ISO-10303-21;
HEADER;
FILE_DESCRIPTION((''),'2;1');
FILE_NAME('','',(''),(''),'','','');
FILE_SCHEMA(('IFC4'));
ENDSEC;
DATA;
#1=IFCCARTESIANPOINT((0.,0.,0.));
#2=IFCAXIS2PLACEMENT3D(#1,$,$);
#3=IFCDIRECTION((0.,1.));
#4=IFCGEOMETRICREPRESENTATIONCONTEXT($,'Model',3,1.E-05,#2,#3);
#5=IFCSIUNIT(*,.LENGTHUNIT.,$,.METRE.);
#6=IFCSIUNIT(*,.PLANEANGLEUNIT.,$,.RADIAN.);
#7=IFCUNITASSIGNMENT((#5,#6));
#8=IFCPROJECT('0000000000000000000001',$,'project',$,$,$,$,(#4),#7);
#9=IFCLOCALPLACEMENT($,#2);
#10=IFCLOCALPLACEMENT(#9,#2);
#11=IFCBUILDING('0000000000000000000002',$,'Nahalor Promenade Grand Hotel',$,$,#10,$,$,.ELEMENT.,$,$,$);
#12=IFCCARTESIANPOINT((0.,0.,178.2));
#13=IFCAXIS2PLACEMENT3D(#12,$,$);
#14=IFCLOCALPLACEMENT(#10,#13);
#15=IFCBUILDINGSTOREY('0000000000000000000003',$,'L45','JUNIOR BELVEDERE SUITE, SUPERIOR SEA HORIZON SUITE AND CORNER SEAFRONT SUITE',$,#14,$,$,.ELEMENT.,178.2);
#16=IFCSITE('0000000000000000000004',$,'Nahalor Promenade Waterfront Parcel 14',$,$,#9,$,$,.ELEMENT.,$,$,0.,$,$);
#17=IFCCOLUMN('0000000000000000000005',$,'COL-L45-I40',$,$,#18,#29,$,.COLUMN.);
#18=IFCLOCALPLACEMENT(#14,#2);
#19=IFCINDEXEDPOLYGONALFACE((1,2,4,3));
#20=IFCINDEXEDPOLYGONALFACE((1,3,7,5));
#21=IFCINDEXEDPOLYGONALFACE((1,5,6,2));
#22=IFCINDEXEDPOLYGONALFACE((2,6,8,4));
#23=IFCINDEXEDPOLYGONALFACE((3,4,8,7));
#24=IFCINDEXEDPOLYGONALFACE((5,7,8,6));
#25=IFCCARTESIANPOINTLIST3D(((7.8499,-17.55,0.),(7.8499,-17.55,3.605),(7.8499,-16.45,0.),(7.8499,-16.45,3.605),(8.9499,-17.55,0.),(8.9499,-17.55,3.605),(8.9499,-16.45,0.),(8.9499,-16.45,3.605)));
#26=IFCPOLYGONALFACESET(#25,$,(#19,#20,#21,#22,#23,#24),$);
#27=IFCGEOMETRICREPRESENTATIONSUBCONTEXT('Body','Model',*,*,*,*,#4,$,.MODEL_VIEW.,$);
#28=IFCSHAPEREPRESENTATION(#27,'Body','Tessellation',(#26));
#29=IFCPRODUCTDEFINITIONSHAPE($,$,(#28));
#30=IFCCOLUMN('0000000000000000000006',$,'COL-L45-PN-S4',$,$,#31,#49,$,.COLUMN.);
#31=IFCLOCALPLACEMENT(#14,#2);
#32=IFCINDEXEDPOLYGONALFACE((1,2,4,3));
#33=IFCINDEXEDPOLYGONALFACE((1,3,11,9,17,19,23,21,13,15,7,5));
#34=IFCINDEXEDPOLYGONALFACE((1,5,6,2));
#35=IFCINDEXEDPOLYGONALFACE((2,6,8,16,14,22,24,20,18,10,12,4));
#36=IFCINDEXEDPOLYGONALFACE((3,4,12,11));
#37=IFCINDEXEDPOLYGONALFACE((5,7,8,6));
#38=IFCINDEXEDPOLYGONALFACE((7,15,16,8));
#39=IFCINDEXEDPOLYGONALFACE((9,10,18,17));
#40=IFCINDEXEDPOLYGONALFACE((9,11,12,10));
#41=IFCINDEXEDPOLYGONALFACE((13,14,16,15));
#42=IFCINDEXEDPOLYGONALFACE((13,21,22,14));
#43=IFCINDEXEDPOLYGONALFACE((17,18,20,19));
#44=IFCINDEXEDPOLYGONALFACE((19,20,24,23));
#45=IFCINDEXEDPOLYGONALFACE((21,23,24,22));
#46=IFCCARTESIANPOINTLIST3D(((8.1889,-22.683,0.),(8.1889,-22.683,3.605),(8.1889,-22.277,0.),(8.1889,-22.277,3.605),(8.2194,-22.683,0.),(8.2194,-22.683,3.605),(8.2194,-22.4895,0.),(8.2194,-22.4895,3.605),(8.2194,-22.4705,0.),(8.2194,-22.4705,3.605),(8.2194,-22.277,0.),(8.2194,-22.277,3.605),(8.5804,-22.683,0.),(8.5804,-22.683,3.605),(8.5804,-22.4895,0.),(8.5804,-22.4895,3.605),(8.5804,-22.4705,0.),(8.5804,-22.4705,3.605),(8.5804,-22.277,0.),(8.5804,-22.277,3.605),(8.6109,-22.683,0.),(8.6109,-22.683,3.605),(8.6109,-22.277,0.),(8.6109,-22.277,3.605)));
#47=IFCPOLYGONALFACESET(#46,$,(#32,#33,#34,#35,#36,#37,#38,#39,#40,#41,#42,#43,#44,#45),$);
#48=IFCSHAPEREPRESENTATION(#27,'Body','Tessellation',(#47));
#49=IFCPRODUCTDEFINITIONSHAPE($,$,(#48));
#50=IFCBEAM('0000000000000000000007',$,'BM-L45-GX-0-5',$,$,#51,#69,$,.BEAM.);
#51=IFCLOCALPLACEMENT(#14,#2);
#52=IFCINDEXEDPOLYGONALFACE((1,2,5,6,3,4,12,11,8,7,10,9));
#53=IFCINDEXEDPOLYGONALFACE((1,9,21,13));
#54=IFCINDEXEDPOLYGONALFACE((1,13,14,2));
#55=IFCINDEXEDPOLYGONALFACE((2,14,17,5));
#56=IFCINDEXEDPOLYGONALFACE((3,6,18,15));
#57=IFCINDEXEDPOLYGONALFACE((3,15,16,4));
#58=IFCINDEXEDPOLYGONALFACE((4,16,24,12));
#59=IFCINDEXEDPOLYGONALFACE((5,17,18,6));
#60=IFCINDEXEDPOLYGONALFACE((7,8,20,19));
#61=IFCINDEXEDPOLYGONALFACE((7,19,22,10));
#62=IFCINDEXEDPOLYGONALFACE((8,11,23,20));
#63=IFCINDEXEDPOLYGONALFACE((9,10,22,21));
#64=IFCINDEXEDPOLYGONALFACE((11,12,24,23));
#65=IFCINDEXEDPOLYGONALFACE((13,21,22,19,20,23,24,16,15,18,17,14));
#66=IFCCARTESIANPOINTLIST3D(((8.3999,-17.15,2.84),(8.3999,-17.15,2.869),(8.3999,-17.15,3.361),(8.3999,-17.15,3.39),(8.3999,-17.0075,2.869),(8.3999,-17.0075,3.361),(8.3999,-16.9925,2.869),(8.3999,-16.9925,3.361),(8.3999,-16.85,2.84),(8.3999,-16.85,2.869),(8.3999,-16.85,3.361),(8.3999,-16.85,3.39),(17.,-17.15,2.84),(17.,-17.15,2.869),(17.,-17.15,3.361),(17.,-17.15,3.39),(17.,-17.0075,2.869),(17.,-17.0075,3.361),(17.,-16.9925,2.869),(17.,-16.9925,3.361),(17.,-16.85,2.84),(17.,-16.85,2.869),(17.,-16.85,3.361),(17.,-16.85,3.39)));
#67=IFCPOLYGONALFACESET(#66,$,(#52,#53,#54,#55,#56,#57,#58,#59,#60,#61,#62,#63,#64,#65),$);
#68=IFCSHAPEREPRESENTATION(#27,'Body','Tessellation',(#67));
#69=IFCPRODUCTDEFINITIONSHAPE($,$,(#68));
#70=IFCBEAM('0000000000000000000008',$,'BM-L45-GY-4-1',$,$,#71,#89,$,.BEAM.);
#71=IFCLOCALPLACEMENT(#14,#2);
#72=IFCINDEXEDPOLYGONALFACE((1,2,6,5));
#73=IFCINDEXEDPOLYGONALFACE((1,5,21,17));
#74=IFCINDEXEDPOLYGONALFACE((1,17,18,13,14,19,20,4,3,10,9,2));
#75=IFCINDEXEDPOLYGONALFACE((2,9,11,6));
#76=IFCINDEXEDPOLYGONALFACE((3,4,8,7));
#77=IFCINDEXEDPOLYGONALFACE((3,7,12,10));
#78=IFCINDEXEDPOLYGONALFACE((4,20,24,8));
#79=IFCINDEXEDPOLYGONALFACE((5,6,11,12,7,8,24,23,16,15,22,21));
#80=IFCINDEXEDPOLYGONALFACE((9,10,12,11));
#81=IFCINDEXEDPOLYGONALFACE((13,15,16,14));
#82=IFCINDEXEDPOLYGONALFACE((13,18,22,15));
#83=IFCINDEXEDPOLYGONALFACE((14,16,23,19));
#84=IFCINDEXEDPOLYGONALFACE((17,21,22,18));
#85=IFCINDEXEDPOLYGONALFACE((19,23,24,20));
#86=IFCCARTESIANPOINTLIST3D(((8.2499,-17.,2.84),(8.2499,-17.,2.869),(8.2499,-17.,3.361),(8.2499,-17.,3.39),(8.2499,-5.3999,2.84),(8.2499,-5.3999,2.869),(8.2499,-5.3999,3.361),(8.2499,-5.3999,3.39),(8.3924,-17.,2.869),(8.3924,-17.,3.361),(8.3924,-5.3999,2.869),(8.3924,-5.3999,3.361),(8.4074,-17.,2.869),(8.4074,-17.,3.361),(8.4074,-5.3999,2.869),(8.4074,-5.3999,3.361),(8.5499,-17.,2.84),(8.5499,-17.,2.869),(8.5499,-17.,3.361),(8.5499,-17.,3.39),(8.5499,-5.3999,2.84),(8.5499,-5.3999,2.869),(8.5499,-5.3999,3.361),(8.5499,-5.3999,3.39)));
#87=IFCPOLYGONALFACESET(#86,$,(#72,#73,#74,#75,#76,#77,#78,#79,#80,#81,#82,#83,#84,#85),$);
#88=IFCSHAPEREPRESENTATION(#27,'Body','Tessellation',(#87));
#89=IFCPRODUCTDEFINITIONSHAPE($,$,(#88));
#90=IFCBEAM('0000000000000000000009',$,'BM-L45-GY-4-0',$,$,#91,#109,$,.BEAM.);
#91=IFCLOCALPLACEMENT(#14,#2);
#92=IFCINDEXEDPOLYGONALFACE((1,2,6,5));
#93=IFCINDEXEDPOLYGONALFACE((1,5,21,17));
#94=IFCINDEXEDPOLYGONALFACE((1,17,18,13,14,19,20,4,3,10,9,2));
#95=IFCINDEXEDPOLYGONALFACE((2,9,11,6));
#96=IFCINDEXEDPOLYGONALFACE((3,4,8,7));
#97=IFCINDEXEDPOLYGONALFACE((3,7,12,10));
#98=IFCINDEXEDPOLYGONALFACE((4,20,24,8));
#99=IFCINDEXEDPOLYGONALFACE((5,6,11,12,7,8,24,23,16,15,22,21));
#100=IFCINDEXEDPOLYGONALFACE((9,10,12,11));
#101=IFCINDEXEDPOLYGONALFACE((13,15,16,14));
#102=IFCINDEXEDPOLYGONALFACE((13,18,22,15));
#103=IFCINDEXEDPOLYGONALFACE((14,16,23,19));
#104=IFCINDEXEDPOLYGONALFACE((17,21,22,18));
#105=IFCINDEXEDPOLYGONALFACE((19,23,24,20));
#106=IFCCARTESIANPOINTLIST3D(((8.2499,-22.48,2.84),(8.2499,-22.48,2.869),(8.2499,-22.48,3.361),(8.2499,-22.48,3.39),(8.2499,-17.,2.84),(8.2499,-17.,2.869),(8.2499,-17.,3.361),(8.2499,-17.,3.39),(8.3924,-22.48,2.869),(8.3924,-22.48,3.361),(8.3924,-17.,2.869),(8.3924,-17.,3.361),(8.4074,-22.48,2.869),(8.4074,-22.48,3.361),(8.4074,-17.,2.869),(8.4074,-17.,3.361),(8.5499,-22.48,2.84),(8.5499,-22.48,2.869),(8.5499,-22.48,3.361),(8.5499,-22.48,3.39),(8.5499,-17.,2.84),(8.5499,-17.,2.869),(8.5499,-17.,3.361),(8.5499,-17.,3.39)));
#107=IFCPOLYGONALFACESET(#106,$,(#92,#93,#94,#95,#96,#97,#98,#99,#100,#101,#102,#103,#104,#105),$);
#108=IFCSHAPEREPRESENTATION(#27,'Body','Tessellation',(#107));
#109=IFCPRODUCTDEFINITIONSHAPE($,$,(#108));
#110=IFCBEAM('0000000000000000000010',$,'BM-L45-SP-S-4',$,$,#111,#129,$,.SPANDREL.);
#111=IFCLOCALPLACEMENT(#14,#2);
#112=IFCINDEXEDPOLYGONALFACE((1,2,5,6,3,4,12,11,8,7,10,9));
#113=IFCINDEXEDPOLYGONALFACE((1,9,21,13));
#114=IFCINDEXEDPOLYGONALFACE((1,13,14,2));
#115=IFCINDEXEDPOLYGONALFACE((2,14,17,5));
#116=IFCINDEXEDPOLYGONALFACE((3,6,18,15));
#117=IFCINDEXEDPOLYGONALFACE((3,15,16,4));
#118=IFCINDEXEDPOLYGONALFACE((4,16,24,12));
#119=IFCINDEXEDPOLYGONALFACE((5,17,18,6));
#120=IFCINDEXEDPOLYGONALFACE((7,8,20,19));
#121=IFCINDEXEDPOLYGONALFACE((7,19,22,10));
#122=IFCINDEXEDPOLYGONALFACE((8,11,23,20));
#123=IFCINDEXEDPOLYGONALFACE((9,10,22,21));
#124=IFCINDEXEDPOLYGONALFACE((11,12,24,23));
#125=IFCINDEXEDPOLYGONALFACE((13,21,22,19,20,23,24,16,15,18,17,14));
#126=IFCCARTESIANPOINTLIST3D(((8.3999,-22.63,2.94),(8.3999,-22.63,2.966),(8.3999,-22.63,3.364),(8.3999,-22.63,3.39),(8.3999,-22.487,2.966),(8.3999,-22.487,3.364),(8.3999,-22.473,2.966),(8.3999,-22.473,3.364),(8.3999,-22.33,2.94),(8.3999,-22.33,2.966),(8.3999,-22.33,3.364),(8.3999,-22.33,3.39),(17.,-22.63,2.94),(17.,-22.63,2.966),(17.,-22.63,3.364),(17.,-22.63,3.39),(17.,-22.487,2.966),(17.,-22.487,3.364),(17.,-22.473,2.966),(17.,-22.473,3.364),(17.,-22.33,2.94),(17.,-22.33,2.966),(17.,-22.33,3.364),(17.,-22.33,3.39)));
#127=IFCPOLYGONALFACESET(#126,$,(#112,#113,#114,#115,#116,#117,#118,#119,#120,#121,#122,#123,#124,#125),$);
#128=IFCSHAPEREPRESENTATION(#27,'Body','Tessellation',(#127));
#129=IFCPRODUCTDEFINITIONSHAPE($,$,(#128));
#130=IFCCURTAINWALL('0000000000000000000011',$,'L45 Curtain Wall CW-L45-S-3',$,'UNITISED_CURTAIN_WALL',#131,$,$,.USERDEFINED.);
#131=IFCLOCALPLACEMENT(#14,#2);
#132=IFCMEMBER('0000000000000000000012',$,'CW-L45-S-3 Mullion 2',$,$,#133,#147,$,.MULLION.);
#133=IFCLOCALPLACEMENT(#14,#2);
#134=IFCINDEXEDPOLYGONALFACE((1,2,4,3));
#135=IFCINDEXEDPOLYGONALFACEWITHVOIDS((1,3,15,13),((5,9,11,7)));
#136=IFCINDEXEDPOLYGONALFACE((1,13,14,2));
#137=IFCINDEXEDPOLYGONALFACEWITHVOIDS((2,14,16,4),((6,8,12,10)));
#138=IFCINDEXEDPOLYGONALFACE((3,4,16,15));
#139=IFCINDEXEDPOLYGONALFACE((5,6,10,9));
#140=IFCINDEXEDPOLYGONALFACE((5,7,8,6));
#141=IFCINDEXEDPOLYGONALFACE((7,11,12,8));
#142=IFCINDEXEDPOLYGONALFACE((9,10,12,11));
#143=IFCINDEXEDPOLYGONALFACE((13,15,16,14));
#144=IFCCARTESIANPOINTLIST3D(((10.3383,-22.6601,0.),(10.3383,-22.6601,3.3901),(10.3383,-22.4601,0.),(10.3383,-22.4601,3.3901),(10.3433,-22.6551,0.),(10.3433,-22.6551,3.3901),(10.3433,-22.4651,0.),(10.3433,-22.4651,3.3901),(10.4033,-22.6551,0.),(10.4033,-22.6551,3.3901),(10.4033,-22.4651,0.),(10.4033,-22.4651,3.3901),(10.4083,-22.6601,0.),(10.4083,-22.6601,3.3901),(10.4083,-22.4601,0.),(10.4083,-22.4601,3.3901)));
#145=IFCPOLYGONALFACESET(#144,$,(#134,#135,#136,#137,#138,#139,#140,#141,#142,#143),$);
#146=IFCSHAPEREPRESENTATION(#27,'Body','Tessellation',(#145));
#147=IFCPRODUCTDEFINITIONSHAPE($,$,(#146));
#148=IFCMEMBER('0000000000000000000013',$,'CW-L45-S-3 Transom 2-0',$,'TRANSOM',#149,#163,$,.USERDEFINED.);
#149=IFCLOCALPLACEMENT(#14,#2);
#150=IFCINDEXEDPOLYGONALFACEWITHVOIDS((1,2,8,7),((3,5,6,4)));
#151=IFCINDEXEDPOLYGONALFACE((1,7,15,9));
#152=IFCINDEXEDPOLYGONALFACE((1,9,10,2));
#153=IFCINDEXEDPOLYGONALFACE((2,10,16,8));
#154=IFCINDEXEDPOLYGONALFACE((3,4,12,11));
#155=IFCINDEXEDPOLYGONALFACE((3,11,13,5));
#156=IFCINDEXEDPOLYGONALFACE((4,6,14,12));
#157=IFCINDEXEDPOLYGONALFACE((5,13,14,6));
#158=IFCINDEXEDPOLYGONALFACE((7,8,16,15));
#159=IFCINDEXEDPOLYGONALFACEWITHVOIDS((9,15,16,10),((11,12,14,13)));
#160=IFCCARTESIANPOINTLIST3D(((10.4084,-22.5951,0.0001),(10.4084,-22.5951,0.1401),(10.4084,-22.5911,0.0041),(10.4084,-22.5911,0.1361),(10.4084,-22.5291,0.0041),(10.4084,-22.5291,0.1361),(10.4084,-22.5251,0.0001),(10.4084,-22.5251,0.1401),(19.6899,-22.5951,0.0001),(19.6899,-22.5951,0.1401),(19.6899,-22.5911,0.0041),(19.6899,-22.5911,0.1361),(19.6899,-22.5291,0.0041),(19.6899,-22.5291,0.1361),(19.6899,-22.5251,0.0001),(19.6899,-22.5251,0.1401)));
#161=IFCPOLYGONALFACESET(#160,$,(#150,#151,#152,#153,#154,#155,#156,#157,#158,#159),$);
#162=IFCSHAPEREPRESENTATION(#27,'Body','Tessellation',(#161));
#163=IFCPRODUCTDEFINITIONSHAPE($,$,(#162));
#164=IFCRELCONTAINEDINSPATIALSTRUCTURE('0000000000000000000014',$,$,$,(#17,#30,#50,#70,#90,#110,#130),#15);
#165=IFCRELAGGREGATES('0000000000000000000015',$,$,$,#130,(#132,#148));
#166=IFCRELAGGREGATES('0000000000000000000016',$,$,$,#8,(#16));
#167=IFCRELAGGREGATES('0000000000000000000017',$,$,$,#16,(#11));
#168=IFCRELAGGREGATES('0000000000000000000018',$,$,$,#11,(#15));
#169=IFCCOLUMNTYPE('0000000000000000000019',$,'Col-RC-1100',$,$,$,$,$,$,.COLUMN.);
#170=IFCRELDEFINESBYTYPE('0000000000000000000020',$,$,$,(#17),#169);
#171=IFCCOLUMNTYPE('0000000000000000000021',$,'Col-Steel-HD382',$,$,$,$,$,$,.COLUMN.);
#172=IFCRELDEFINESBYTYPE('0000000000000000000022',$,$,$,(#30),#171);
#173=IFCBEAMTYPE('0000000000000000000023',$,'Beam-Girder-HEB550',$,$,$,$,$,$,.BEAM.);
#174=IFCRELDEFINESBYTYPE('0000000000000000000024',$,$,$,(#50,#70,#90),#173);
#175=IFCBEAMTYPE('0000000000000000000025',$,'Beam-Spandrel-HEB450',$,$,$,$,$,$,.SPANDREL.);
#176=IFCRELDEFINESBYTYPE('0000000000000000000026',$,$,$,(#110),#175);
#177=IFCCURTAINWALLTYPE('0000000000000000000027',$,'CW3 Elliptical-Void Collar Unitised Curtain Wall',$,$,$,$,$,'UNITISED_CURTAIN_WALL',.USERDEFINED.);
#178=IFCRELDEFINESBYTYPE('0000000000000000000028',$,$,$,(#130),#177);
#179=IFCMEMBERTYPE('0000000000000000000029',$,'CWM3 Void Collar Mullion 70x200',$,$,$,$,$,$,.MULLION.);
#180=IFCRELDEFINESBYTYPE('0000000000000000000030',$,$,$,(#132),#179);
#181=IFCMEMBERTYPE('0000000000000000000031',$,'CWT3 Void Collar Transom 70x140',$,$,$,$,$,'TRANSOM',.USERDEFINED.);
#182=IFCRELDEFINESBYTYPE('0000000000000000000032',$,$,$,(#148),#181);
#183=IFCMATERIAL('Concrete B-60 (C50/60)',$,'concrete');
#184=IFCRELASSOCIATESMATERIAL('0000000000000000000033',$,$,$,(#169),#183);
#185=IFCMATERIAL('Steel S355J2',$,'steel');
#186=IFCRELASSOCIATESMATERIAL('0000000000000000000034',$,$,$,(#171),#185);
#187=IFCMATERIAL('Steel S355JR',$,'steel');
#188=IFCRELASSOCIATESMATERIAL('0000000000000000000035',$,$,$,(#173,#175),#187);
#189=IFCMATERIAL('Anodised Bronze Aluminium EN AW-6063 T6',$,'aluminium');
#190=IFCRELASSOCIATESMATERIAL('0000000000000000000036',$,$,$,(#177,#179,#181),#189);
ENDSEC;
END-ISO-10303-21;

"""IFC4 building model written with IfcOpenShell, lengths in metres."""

from ifc_helpers import new_model, si_unit, direction, frame, origin, origin_2d, place, context, subcontext, project, spatial, rectangle, hollow_rectangle, i_section, extrude, source, transform, mapped, material, material_profile, profile_set, type_object, element, aggregate, save


model = new_model("IFC4")

# Units and contexts
model_context = context("Model", 3, precision=1e-05, world=origin(), true_north=direction((0.0, 1.0)))
body_context = subcontext(model_context, "Body", "Model", "MODEL_VIEW")
ifc_project = project(units=[si_unit("LENGTHUNIT", "METRE"), si_unit("PLANEANGLEUNIT", "RADIAN")], contexts=[model_context])

# Site, building, storey
site_placement = place(None, origin())
site = spatial("IfcSite", under=ifc_project, at=site_placement, Name="Nahalor Promenade Waterfront Parcel 14", CompositionType="ELEMENT", RefElevation=0.0)
building_placement = place(site_placement, origin())
building = spatial("IfcBuilding", under=site, at=building_placement, Name="Nahalor Promenade Grand Hotel", CompositionType="ELEMENT")
storey_placement = place(building_placement, frame((0.0, 0.0, 178.2)))
storey = spatial("IfcBuildingStorey", under=building, at=storey_placement, Name="L45", Description="JUNIOR BELVEDERE SUITE, SUPERIOR SEA HORIZON SUITE AND CORNER SEAFRONT SUITE", CompositionType="ELEMENT", Elevation=178.2)

# Columns
ifc_material_1 = material(Name="Concrete B-60 (C50/60)", Category="concrete")
ifc_material_profile_1 = material_profile(ifc_material_1, rectangle(XDim=1.1, YDim=1.1, at=origin_2d()), Name="RC 1100x1100")
ifc_profile_set_1 = profile_set([ifc_material_profile_1], Name="Concrete B-60 (C50/60)")
column_type_1 = type_object("IfcColumnType", Name="Col-RC-1100", PredefinedType="COLUMN", material=ifc_profile_set_1)
shared_shape_1 = source(origin(), body_context, "Body", "SweptSolid", [
    extrude(rectangle(XDim=1.1, YDim=1.1, at=origin_2d()), origin(), (0.0, 0.0, 1.0), 3.605),
])
column_1_placement = place(storey_placement, frame((8.3999, -17.0, 0.0), z_axis=(0.0, 0.0, 1.0), x_axis=(1.0, 0.0, 0.0)))
element("IfcColumn", 1, at=column_1_placement, inside=storey, type_object=column_type_1, Name="COL-L45-I40", PredefinedType="COLUMN", context=body_context, shape_type="MappedRepresentation", body=[
    mapped(shared_shape_1, transform((0.0, 0.0, 0.0), scale=1.0)),
])
ifc_material_2 = material(Name="Steel S355J2", Category="steel")
ifc_material_profile_2 = material_profile(ifc_material_2, i_section(OverallWidth=0.406, OverallDepth=0.422, WebThickness=0.019, FlangeThickness=0.0305, at=origin_2d()), Name="HD 400x382")
ifc_profile_set_2 = profile_set([ifc_material_profile_2], Name="Steel S355J2")
column_type_2 = type_object("IfcColumnType", Name="Col-Steel-HD382", PredefinedType="COLUMN", material=ifc_profile_set_2)
shared_shape_2 = source(origin(), body_context, "Body", "SweptSolid", [
    extrude(i_section(OverallWidth=0.406, OverallDepth=0.422, WebThickness=0.019, FlangeThickness=0.0305, at=origin_2d()), origin(), (0.0, 0.0, 1.0), 3.605),
])
column_2_placement = place(storey_placement, frame((8.3999, -22.48, 0.0), z_axis=(0.0, 0.0, 1.0), x_axis=(0.0, 1.0, 0.0)))
element("IfcColumn", 2, at=column_2_placement, inside=storey, type_object=column_type_2, Name="COL-L45-PN-S4", PredefinedType="COLUMN", context=body_context, shape_type="MappedRepresentation", body=[
    mapped(shared_shape_2, transform((0.0, 0.0, 0.0), scale=1.0)),
])

# Beams
ifc_material_3 = material(Name="Steel S355JR", Category="steel")
ifc_material_profile_3 = material_profile(ifc_material_3, i_section(OverallWidth=0.3, OverallDepth=0.55, WebThickness=0.015, FlangeThickness=0.029, at=origin_2d()), Name="HEB 550")
ifc_profile_set_3 = profile_set([ifc_material_profile_3], Name="Steel S355JR")
beam_type_1 = type_object("IfcBeamType", Name="Beam-Girder-HEB550", PredefinedType="BEAM", material=ifc_profile_set_3)
shared_shape_3 = source(origin(), body_context, "Body", "SweptSolid", [
    extrude(i_section(OverallWidth=0.3, OverallDepth=0.55, WebThickness=0.015, FlangeThickness=0.029, at=origin_2d()), origin(), (0.0, 0.0, 1.0), 8.6001),
])
beam_1_placement = place(storey_placement, frame((8.3999, -17.0, 3.115), z_axis=(1.0, 0.0, 0.0), x_axis=(0.0, 1.0, 0.0)))
element("IfcBeam", 3, at=beam_1_placement, inside=storey, type_object=beam_type_1, Name="BM-L45-GX-0-5", PredefinedType="BEAM", context=body_context, shape_type="MappedRepresentation", body=[
    mapped(shared_shape_3, transform((0.0, 0.0, 0.0), scale=1.0)),
])
shared_shape_4 = source(origin(), body_context, "Body", "SweptSolid", [
    extrude(i_section(OverallWidth=0.3, OverallDepth=0.55, WebThickness=0.015, FlangeThickness=0.029, at=origin_2d()), origin(), (0.0, 0.0, 1.0), 11.6001),
])
beam_2_placement = place(storey_placement, frame((8.3999, -17.0, 3.115), z_axis=(0.0, 1.0, 0.0), x_axis=(-1.0, 0.0, 0.0)))
element("IfcBeam", 4, at=beam_2_placement, inside=storey, type_object=beam_type_1, Name="BM-L45-GY-4-1", PredefinedType="BEAM", context=body_context, shape_type="MappedRepresentation", body=[
    mapped(shared_shape_4, transform((0.0, 0.0, 0.0), scale=1.0)),
])
shared_shape_5 = source(origin(), body_context, "Body", "SweptSolid", [
    extrude(i_section(OverallWidth=0.3, OverallDepth=0.55, WebThickness=0.015, FlangeThickness=0.029, at=origin_2d()), origin(), (0.0, 0.0, 1.0), 5.48),
])
beam_3_placement = place(storey_placement, frame((8.3999, -22.48, 3.115), z_axis=(0.0, 1.0, 0.0), x_axis=(-1.0, 0.0, 0.0)))
element("IfcBeam", 5, at=beam_3_placement, inside=storey, type_object=beam_type_1, Name="BM-L45-GY-4-0", PredefinedType="BEAM", context=body_context, shape_type="MappedRepresentation", body=[
    mapped(shared_shape_5, transform((0.0, 0.0, 0.0), scale=1.0)),
])
ifc_material_profile_4 = material_profile(ifc_material_3, i_section(OverallWidth=0.3, OverallDepth=0.45, WebThickness=0.014, FlangeThickness=0.026, at=origin_2d()), Name="HEB 450")
ifc_profile_set_4 = profile_set([ifc_material_profile_4], Name="Steel S355JR")
beam_type_2 = type_object("IfcBeamType", Name="Beam-Spandrel-HEB450", PredefinedType="SPANDREL", material=ifc_profile_set_4)
shared_shape_6 = source(origin(), body_context, "Body", "SweptSolid", [
    extrude(i_section(OverallWidth=0.3, OverallDepth=0.45, WebThickness=0.014, FlangeThickness=0.026, at=origin_2d()), origin(), (0.0, 0.0, 1.0), 8.6001),
])
beam_4_placement = place(storey_placement, frame((8.3999, -22.48, 3.165), z_axis=(1.0, 0.0, 0.0), x_axis=(0.0, 1.0, 0.0)))
element("IfcBeam", 6, at=beam_4_placement, inside=storey, type_object=beam_type_2, Name="BM-L45-SP-S-4", PredefinedType="SPANDREL", context=body_context, shape_type="MappedRepresentation", body=[
    mapped(shared_shape_6, transform((0.0, 0.0, 0.0), scale=1.0)),
])

# Curtain wall, members
ifc_material_4 = material(Name="Anodised Bronze Aluminium EN AW-6063 T6", Category="aluminium")
curtain_wall_type = type_object("IfcCurtainWallType", Name="CW3 Elliptical-Void Collar Unitised Curtain Wall", ElementType="UNITISED_CURTAIN_WALL", PredefinedType="USERDEFINED", material=ifc_material_4)
curtain_wall_placement = place(storey_placement, origin())
curtain_wall = element("IfcCurtainWall", 7, at=curtain_wall_placement, inside=storey, type_object=curtain_wall_type, Name="L45 Curtain Wall CW-L45-S-3", ObjectType="UNITISED_CURTAIN_WALL", PredefinedType="USERDEFINED")
ifc_material_profile_5 = material_profile(ifc_material_4, hollow_rectangle(XDim=0.07, YDim=0.2, WallThickness=0.005, at=origin_2d()), Name="CWM 70x200x5")
ifc_profile_set_5 = profile_set([ifc_material_profile_5], Name="Anodised Bronze Aluminium EN AW-6063 T6")
member_type_1 = type_object("IfcMemberType", Name="CWM3 Void Collar Mullion 70x200", PredefinedType="MULLION", material=ifc_profile_set_5)
shared_shape_7 = source(origin(), body_context, "Body", "SweptSolid", [
    extrude(hollow_rectangle(XDim=0.07, YDim=0.2, WallThickness=0.005, at=origin_2d()), origin(), (0.0, 0.0, 1.0), 3.3901),
])
member_1_placement = place(storey_placement, frame((10.3733, -22.5601, 0.0), z_axis=(0.0, 0.0, 1.0), x_axis=(1.0, 0.0, 0.0)))
member_1 = element("IfcMember", 8, at=member_1_placement, type_object=member_type_1, Name="CW-L45-S-3 Mullion 2", PredefinedType="MULLION", context=body_context, shape_type="MappedRepresentation", body=[
    mapped(shared_shape_7, transform((0.0, 0.0, 0.0), scale=1.0)),
])
ifc_material_profile_6 = material_profile(ifc_material_4, hollow_rectangle(XDim=0.07, YDim=0.14, WallThickness=0.004, at=origin_2d()), Name="CWT 70x140x4")
ifc_profile_set_6 = profile_set([ifc_material_profile_6], Name="Anodised Bronze Aluminium EN AW-6063 T6")
member_type_2 = type_object("IfcMemberType", Name="CWT3 Void Collar Transom 70x140", ElementType="TRANSOM", PredefinedType="USERDEFINED", material=ifc_profile_set_6)
shared_shape_8 = source(origin(), body_context, "Body", "SweptSolid", [
    extrude(hollow_rectangle(XDim=0.07, YDim=0.14, WallThickness=0.004, at=origin_2d()), origin(), (0.0, 0.0, 1.0), 9.2815),
])
member_2_placement = place(storey_placement, frame((10.4084, -22.5601, 0.0701), z_axis=(1.0, 0.0, 0.0), x_axis=(0.0, 1.0, 0.0)))
member_2 = element("IfcMember", 9, at=member_2_placement, type_object=member_type_2, Name="CW-L45-S-3 Transom 2-0", ObjectType="TRANSOM", PredefinedType="USERDEFINED", context=body_context, shape_type="MappedRepresentation", body=[
    mapped(shared_shape_8, transform((0.0, 0.0, 0.0), scale=1.0)),
])
aggregate(curtain_wall, [member_1, member_2])

save(model, "model.ifc")
